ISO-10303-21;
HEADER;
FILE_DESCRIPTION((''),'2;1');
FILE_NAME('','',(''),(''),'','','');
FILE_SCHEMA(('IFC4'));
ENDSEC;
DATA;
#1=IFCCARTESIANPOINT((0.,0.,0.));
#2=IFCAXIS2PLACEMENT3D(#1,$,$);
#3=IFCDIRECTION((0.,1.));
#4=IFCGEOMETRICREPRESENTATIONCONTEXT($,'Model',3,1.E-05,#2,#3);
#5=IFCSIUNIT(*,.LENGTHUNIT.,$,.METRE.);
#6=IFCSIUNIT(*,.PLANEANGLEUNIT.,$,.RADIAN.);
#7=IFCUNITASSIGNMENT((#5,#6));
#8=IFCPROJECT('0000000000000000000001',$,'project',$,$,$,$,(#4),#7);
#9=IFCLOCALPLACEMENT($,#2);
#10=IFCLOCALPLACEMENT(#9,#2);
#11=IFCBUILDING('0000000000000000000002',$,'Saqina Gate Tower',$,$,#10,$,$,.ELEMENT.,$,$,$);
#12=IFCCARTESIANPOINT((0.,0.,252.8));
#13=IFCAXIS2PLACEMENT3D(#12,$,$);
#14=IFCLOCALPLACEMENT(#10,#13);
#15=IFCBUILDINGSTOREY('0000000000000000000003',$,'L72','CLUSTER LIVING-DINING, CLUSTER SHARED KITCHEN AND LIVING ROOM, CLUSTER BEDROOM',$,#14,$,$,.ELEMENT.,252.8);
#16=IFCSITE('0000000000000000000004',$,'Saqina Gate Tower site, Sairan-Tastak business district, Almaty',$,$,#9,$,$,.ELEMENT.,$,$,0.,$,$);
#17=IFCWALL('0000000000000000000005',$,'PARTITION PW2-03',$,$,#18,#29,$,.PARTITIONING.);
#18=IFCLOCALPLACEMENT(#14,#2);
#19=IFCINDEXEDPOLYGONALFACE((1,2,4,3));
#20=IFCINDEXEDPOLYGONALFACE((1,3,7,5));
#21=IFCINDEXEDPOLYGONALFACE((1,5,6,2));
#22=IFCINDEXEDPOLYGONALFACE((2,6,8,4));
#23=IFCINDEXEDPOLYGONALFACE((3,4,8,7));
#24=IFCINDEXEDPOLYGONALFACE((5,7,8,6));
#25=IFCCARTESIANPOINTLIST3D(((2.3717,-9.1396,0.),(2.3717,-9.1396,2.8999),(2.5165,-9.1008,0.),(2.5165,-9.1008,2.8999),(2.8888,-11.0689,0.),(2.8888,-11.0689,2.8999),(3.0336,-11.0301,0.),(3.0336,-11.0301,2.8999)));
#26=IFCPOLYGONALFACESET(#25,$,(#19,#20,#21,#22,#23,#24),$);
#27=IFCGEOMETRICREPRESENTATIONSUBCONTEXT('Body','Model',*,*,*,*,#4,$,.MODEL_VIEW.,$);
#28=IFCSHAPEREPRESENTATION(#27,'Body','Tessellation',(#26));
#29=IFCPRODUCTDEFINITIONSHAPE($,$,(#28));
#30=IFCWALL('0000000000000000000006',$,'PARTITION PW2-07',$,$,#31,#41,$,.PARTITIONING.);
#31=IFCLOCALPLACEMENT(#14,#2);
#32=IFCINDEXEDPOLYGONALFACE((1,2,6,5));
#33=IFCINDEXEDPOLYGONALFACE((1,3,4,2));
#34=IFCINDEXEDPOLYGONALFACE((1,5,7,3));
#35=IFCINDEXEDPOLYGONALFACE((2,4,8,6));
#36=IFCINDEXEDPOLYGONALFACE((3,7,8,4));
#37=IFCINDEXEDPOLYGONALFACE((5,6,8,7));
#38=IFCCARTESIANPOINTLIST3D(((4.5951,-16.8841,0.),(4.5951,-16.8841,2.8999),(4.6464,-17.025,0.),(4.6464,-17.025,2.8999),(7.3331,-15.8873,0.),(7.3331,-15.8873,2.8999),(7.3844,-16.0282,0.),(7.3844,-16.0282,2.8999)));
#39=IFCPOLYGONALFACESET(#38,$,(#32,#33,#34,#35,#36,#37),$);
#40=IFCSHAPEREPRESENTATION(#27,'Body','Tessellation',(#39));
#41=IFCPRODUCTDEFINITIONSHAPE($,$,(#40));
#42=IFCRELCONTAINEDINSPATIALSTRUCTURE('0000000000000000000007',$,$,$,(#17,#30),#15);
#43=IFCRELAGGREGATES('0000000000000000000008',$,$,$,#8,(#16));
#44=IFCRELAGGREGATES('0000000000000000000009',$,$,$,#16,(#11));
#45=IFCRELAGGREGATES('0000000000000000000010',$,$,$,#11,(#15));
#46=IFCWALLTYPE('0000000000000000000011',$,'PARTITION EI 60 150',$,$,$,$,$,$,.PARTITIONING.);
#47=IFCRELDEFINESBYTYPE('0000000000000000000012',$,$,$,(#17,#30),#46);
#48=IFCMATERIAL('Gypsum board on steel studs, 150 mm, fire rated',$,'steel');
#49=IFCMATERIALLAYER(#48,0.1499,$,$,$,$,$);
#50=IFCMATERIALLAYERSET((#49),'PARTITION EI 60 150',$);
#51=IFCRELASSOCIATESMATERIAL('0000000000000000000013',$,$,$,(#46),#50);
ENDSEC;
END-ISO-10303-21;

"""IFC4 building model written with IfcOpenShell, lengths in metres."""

from ifc_helpers import new_model, si_unit, direction, frame, frame_2d, origin, place, context, subcontext, project, spatial, rectangle, extrude, material, layer, layer_set, type_object, element, save


model = new_model("IFC4")

# Units and contexts
model_context = context("Model", 3, precision=1e-05, world=origin(), true_north=direction((0.0, 1.0)))
body_context = subcontext(model_context, "Body", "Model", "MODEL_VIEW")
ifc_project = project(units=[si_unit("LENGTHUNIT", "METRE"), si_unit("PLANEANGLEUNIT", "RADIAN")], contexts=[model_context])

# Site, building, storey
site_placement = place(None, origin())
site = spatial("IfcSite", under=ifc_project, at=site_placement, Name="Saqina Gate Tower site, Sairan-Tastak business district, Almaty", CompositionType="ELEMENT", RefElevation=0.0)
building_placement = place(site_placement, origin())
building = spatial("IfcBuilding", under=site, at=building_placement, Name="Saqina Gate Tower", CompositionType="ELEMENT")
storey_placement = place(building_placement, frame((0.0, 0.0, 252.8)))
storey = spatial("IfcBuildingStorey", under=building, at=storey_placement, Name="L72", Description="CLUSTER LIVING-DINING, CLUSTER SHARED KITCHEN AND LIVING ROOM, CLUSTER BEDROOM", CompositionType="ELEMENT", Elevation=252.8)

# Walls
ifc_material_1 = material(Name="Gypsum board on steel studs, 150 mm, fire rated", Category="steel")
ifc_layer_1 = layer(ifc_material_1, 0.1499)
ifc_layer_set_1 = layer_set([ifc_layer_1], Name="PARTITION EI 60 150")
wall_type_1 = type_object("IfcWallType", Name="PARTITION EI 60 150", PredefinedType="PARTITIONING", material=ifc_layer_set_1)
wall_1_placement = place(storey_placement, frame((2.4441, -9.1204, 0.0), z_axis=(0.0, 0.0, 1.0), x_axis=(0.258895, -0.965905, 0.0)))
element("IfcWall", 1, at=wall_1_placement, inside=storey, type_object=wall_type_1, Name="PARTITION PW2-03", PredefinedType="PARTITIONING", context=body_context, shape_type="SweptSolid", body=[
    extrude(rectangle(XDim=1.9973, YDim=0.1499, at=frame_2d((0.9985, 0.0))), origin(), (0.0, 0.0, 1.0), 2.8999),
])
wall_2_placement = place(storey_placement, frame((4.6206, -16.9546, 0.0), z_axis=(0.0, 0.0, 1.0), x_axis=(0.939664, 0.3421, 0.0)))
element("IfcWall", 2, at=wall_2_placement, inside=storey, type_object=wall_type_1, Name="PARTITION PW2-07", PredefinedType="PARTITIONING", context=body_context, shape_type="SweptSolid", body=[
    extrude(rectangle(XDim=2.9138, YDim=0.1499, at=frame_2d((1.457, 0.0))), origin(), (0.0, 0.0, 1.0), 2.8999),
])

save(model, "model.ifc")
